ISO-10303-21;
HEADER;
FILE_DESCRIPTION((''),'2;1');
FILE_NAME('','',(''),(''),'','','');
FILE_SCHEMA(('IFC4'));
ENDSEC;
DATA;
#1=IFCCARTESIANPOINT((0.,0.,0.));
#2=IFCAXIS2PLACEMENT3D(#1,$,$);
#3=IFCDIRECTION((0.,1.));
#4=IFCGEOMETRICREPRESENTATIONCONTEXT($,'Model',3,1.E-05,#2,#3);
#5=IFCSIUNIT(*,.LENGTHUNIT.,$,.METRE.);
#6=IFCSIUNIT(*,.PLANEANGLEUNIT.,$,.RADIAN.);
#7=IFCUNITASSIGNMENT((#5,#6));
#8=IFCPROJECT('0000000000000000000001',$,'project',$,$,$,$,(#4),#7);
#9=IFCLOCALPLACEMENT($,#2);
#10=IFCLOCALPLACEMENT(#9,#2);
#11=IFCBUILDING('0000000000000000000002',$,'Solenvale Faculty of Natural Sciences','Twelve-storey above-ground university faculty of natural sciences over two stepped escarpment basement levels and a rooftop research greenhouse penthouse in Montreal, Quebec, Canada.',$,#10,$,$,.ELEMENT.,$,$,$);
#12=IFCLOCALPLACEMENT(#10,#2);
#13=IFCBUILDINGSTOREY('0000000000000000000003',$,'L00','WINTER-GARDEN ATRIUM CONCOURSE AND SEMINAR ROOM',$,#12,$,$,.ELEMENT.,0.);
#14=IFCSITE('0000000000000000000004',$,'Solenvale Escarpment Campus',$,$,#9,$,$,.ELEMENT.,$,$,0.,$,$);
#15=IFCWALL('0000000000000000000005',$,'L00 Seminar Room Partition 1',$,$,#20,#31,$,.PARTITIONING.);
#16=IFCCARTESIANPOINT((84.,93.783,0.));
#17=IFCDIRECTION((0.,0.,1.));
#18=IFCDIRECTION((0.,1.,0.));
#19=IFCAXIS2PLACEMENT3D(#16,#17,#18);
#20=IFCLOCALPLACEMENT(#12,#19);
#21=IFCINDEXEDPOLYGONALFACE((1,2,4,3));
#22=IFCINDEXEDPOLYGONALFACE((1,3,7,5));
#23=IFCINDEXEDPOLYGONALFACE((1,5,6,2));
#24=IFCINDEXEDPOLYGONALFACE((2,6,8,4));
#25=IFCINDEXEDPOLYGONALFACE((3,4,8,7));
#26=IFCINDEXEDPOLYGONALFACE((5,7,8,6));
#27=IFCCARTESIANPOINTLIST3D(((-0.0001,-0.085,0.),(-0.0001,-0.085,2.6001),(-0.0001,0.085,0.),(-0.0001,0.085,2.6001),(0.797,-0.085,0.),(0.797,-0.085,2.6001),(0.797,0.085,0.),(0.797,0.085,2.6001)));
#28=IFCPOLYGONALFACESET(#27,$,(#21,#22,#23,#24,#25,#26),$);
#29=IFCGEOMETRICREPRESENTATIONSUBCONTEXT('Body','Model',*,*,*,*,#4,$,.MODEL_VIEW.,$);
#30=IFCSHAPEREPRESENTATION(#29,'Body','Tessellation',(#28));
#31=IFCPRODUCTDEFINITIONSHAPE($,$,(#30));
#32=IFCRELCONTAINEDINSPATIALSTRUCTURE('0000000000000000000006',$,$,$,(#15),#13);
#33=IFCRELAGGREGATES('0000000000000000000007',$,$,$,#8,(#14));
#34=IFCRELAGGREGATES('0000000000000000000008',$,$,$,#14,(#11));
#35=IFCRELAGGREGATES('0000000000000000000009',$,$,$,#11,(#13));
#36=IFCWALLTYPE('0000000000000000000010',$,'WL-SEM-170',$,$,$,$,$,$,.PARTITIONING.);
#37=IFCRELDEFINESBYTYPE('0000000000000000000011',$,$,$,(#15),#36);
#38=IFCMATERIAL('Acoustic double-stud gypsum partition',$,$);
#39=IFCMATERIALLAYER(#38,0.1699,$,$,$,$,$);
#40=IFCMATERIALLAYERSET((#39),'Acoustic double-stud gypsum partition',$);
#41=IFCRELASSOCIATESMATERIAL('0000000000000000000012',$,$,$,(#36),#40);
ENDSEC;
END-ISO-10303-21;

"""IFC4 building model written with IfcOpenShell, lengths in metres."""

from ifc_helpers import new_model, si_unit, direction, frame, frame_2d, origin, place, context, subcontext, project, spatial, rectangle, extrude, material, layer, layer_set, type_object, element, save


model = new_model("IFC4")

# Units and contexts
model_context = context("Model", 3, precision=1e-05, world=origin(), true_north=direction((0.0, 1.0)))
body_context = subcontext(model_context, "Body", "Model", "MODEL_VIEW")
ifc_project = project(units=[si_unit("LENGTHUNIT", "METRE"), si_unit("PLANEANGLEUNIT", "RADIAN")], contexts=[model_context])

# Site, building, storey
site_placement = place(None, origin())
site = spatial("IfcSite", under=ifc_project, at=site_placement, Name="Solenvale Escarpment Campus", CompositionType="ELEMENT", RefElevation=0.0)
building_placement = place(site_placement, origin())
building = spatial("IfcBuilding", under=site, at=building_placement, Name="Solenvale Faculty of Natural Sciences", Description="Twelve-storey above-ground university faculty of natural sciences over two stepped escarpment basement levels and a rooftop research greenhouse penthouse in Montreal, Quebec, Canada.", CompositionType="ELEMENT")
storey_placement = place(building_placement, origin())
storey = spatial("IfcBuildingStorey", under=building, at=storey_placement, Name="L00", Description="WINTER-GARDEN ATRIUM CONCOURSE AND SEMINAR ROOM", CompositionType="ELEMENT", Elevation=0.0)

# Wall
ifc_material_1 = material(Name="Acoustic double-stud gypsum partition")
ifc_layer_1 = layer(ifc_material_1, 0.1699)
ifc_layer_set_1 = layer_set([ifc_layer_1], Name="Acoustic double-stud gypsum partition")
wall_type = type_object("IfcWallType", Name="WL-SEM-170", PredefinedType="PARTITIONING", material=ifc_layer_set_1)
wall_1_placement = place(storey_placement, frame((84.0, 93.783, 0.0), z_axis=(0.0, 0.0, 1.0), x_axis=(0.0, 1.0, 0.0)))
element("IfcWall", 1, at=wall_1_placement, inside=storey, type_object=wall_type, Name="L00 Seminar Room Partition 1", PredefinedType="PARTITIONING", context=body_context, shape_type="SweptSolid", body=[
    extrude(rectangle(XDim=0.7971, YDim=0.1699, at=frame_2d((0.3984, 0.0))), origin(), (0.0, 0.0, 1.0), 2.6001),
])

save(model, "model.ifc")
